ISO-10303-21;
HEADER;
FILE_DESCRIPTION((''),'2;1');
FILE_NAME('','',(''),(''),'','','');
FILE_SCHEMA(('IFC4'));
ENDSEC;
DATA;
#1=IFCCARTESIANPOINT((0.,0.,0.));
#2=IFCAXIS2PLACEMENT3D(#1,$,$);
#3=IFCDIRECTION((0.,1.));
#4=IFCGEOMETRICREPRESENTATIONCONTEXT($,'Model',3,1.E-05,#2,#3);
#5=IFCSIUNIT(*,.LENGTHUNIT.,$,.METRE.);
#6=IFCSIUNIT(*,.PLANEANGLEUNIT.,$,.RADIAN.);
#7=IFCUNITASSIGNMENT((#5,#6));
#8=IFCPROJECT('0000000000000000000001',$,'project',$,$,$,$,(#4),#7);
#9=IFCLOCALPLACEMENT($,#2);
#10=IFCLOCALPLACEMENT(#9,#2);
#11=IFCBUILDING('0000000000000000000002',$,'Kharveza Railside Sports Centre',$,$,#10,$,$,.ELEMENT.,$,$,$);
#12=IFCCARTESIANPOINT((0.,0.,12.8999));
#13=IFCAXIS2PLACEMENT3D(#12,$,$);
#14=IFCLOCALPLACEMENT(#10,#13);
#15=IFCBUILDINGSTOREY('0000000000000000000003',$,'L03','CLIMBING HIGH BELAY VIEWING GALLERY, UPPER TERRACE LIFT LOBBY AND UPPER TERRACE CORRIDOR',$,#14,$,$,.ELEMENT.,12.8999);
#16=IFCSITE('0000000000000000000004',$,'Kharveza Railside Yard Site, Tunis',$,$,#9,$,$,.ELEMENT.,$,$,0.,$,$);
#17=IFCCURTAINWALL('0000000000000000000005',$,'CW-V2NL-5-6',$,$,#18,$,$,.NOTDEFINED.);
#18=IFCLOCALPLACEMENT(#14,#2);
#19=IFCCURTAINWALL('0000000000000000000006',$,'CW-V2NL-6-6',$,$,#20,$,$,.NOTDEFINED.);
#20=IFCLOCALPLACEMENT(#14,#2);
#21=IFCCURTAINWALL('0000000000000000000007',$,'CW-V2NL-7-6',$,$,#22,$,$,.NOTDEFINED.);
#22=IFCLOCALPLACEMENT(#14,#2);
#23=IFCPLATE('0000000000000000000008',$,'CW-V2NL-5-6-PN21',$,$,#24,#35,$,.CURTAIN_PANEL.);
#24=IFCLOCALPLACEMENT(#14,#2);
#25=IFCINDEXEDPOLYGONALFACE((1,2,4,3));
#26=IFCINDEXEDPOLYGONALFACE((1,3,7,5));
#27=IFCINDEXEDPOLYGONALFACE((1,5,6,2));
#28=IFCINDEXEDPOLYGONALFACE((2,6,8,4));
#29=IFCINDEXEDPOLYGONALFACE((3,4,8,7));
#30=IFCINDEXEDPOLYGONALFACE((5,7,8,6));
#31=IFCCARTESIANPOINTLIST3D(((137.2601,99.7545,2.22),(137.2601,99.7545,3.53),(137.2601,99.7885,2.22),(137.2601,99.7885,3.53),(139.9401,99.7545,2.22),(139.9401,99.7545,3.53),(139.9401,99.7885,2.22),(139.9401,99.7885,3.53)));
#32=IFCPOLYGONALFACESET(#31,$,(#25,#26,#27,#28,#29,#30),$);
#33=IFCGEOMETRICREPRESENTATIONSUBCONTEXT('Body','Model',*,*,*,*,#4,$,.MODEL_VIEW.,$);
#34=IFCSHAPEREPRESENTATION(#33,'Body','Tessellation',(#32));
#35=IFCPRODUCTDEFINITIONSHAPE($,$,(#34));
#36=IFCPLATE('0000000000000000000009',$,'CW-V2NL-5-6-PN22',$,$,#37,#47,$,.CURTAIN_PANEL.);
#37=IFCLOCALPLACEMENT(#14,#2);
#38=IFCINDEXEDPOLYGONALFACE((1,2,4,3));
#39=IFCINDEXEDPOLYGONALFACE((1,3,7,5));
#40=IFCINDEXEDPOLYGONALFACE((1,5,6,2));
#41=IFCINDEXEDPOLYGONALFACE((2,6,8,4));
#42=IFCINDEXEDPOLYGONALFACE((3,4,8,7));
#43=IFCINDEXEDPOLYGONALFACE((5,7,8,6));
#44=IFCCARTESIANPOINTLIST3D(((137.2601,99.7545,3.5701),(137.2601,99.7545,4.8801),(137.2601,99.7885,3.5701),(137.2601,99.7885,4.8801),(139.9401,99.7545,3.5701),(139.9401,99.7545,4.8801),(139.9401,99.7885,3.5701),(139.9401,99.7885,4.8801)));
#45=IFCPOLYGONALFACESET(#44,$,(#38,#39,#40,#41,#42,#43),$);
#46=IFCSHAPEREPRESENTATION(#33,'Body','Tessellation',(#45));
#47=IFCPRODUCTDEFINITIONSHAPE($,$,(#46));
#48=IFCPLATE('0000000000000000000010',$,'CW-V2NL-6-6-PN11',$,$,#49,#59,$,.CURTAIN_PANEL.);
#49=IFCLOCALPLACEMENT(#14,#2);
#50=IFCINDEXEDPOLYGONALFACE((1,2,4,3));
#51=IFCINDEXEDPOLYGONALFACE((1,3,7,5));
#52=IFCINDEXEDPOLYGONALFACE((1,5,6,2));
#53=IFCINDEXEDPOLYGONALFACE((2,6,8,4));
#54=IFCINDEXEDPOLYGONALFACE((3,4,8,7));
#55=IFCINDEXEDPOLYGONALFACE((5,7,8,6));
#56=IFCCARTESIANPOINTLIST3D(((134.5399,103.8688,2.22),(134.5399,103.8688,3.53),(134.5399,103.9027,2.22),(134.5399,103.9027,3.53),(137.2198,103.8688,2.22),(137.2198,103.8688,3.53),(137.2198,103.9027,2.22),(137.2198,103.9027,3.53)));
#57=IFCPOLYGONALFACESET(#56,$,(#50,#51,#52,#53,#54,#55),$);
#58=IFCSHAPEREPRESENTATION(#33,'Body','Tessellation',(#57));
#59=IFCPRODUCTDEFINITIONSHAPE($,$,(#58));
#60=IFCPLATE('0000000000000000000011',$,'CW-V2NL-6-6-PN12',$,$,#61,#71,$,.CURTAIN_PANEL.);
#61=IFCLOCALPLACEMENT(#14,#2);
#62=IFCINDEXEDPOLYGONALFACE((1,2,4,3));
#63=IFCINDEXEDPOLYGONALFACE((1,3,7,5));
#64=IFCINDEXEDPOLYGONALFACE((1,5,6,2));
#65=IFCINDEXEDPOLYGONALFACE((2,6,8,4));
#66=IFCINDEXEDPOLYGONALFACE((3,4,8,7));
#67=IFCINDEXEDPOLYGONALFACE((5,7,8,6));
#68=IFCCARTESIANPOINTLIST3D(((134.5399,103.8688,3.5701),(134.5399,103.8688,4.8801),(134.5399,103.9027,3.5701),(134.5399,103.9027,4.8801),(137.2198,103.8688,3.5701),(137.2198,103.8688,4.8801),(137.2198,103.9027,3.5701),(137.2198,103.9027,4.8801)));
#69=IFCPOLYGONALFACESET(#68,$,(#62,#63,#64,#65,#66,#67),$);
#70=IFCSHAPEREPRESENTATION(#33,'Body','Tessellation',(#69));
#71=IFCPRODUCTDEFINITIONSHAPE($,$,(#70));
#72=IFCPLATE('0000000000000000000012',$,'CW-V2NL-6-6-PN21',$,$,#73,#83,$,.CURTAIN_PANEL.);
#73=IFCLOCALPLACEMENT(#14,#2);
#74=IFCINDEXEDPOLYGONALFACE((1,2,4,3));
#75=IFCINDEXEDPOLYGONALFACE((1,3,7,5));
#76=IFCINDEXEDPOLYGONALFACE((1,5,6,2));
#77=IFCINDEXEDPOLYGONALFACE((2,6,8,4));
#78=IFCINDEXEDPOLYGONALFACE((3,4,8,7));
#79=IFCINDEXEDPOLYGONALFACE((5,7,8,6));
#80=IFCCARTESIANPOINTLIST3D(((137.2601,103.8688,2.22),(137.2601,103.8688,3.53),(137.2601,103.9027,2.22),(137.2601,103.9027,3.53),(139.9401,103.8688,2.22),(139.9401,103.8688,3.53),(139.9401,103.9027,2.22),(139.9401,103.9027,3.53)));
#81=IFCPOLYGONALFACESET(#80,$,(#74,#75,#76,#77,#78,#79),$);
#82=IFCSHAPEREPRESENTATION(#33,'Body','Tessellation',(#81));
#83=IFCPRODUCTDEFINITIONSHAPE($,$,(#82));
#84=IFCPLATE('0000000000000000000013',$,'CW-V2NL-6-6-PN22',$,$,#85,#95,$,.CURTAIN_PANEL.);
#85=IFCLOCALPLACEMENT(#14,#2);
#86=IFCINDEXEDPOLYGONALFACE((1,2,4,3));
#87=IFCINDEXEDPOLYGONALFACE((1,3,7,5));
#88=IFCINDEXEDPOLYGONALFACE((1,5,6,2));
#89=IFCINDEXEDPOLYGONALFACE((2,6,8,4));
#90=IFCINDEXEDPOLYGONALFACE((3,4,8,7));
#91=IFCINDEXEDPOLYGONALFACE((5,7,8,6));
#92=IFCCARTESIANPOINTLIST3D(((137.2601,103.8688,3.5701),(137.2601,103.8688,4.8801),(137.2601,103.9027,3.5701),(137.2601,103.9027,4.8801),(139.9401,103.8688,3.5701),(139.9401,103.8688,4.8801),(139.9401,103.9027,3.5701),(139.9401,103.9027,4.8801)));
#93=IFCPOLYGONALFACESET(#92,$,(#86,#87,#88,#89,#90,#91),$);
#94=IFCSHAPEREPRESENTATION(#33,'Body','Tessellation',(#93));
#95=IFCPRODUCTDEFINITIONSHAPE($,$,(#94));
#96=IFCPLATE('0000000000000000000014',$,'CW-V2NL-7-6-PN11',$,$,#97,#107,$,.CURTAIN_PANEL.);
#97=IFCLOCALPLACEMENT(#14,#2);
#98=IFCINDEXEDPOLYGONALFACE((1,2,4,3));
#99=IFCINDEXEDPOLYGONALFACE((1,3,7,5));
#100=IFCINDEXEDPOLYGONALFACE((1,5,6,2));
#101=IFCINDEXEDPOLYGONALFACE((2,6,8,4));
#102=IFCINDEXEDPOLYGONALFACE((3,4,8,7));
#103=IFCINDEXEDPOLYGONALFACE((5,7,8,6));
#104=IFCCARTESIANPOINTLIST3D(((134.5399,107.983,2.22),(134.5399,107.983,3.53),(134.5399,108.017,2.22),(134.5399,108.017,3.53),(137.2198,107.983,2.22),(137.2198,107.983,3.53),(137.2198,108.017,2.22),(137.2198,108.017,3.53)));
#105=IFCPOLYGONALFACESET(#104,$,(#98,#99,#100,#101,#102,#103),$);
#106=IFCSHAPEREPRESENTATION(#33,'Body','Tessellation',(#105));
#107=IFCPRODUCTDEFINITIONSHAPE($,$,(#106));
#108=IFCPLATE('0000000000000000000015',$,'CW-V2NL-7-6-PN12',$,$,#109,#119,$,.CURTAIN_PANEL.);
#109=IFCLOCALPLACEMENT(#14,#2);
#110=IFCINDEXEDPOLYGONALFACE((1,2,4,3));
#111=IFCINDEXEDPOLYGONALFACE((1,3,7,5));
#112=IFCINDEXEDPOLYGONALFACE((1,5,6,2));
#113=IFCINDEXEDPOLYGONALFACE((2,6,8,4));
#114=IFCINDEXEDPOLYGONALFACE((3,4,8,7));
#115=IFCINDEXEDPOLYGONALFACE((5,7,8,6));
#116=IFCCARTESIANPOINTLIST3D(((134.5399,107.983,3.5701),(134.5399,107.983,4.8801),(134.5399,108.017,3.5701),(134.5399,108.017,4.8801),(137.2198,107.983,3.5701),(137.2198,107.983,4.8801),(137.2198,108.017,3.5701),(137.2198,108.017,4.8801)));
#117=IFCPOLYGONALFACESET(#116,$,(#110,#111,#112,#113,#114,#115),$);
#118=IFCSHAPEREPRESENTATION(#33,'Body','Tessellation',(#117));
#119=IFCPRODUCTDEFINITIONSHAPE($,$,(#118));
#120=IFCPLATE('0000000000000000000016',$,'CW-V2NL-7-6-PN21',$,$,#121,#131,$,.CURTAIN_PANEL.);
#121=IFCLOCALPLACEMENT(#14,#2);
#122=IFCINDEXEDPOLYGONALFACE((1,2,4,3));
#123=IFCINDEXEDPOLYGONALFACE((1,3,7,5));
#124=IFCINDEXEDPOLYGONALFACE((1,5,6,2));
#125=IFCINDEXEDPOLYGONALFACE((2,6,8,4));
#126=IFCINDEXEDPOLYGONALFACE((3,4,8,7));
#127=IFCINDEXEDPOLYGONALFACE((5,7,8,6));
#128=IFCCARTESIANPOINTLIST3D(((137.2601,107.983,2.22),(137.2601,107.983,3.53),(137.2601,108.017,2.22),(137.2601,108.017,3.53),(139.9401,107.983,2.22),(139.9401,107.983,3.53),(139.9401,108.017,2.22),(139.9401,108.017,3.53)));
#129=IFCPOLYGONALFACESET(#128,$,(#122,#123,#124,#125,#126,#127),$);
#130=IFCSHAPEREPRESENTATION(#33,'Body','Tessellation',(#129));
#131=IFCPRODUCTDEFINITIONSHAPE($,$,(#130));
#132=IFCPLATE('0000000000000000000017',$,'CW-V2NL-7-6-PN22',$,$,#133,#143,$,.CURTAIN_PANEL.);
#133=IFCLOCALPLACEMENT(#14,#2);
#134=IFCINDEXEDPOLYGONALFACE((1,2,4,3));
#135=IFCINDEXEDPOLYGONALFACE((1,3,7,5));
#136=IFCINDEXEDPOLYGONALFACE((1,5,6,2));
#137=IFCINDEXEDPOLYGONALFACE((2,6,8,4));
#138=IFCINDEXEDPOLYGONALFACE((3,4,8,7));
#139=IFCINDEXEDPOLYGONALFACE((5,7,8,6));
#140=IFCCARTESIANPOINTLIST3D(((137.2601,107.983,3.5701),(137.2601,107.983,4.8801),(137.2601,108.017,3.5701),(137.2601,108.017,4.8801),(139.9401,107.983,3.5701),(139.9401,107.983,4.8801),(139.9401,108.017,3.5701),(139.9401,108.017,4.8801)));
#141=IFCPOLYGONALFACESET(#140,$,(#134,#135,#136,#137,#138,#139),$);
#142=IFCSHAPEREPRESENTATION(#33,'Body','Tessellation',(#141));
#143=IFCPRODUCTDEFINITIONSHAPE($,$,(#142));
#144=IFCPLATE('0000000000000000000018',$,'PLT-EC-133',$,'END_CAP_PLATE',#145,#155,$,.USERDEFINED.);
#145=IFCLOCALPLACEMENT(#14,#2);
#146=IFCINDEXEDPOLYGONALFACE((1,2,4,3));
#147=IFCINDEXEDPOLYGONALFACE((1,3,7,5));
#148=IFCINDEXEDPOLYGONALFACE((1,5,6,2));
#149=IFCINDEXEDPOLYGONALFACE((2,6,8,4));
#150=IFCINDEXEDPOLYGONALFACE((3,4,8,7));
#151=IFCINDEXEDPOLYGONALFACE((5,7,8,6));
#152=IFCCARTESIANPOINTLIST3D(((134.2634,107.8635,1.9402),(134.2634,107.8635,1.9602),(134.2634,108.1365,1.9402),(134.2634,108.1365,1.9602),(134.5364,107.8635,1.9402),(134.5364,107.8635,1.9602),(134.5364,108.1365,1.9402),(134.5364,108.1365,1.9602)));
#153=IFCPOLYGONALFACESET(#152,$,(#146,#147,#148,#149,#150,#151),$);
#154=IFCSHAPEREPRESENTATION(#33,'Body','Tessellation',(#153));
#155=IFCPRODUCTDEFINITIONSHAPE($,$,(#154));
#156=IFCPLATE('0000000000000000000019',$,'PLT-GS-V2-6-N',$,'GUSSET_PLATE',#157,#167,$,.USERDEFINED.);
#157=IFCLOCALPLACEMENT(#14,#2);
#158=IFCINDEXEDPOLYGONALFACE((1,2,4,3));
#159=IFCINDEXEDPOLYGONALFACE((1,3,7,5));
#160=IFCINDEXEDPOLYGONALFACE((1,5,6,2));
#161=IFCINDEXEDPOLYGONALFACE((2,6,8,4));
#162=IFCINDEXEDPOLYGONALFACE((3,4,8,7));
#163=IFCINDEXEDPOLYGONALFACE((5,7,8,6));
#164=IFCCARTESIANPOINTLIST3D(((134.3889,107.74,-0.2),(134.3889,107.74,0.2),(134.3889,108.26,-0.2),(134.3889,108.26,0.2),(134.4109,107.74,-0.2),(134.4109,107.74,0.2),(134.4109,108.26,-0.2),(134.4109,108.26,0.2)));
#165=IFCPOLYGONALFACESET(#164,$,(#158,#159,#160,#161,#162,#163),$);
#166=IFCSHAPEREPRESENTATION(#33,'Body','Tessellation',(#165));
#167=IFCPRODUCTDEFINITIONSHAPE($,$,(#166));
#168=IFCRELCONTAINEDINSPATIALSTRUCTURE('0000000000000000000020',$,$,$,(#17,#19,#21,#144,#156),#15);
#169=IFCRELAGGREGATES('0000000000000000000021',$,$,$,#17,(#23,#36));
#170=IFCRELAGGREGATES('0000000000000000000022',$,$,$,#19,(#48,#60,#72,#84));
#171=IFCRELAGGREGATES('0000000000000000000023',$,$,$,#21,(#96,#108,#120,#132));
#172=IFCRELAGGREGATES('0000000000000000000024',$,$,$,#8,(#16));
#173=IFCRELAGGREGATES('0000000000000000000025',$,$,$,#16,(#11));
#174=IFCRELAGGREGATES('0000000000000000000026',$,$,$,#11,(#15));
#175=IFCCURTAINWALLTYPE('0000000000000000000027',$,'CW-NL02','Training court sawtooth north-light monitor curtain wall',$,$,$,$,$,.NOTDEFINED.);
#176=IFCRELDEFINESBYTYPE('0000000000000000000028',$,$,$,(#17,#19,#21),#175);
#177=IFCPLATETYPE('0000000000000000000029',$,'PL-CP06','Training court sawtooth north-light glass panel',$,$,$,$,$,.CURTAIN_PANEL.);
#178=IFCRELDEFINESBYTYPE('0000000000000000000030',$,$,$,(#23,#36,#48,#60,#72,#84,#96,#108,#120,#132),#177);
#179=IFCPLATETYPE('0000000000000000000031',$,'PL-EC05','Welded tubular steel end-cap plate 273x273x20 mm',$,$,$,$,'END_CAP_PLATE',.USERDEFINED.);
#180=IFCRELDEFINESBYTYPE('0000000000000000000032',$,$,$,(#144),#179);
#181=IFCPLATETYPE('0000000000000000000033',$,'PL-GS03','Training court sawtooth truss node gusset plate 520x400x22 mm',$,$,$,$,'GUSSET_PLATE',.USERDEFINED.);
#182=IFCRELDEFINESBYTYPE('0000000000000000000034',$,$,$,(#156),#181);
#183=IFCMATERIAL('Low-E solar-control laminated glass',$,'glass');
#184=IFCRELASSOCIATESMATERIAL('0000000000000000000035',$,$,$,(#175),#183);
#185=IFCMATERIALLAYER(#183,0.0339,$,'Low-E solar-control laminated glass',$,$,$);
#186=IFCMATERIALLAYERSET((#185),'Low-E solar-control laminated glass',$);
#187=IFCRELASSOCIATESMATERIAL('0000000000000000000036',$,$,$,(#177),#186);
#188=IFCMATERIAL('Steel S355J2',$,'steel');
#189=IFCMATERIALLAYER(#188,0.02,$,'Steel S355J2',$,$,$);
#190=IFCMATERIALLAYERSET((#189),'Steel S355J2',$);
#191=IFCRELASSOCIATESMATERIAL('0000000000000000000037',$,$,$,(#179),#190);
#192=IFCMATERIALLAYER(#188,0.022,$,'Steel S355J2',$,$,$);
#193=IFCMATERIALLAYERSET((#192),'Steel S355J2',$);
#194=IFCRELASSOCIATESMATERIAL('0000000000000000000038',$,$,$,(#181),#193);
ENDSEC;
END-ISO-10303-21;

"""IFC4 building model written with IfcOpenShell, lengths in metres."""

from ifc_helpers import new_model, si_unit, direction, frame, origin, origin_2d, place, context, subcontext, project, spatial, rectangle, extrude, material, layer, layer_set, type_object, element, aggregate, save


model = new_model("IFC4")

# Units and contexts
model_context = context("Model", 3, precision=1e-05, world=origin(), true_north=direction((0.0, 1.0)))
body_context = subcontext(model_context, "Body", "Model", "MODEL_VIEW")
ifc_project = project(units=[si_unit("LENGTHUNIT", "METRE"), si_unit("PLANEANGLEUNIT", "RADIAN")], contexts=[model_context])

# Site, building, storey
site_placement = place(None, origin())
site = spatial("IfcSite", under=ifc_project, at=site_placement, Name="Kharveza Railside Yard Site, Tunis", CompositionType="ELEMENT", RefElevation=0.0)
building_placement = place(site_placement, origin())
building = spatial("IfcBuilding", under=site, at=building_placement, Name="Kharveza Railside Sports Centre", CompositionType="ELEMENT")
storey_placement = place(building_placement, frame((0.0, 0.0, 12.8999)))
storey = spatial("IfcBuildingStorey", under=building, at=storey_placement, Name="L03", Description="CLIMBING HIGH BELAY VIEWING GALLERY, UPPER TERRACE LIFT LOBBY AND UPPER TERRACE CORRIDOR", CompositionType="ELEMENT", Elevation=12.8999)

# Curtain walls
ifc_material_1 = material(Name="Low-E solar-control laminated glass", Category="glass")
curtain_wall_type = type_object("IfcCurtainWallType", Name="CW-NL02", Description="Training court sawtooth north-light monitor curtain wall", PredefinedType="NOTDEFINED", material=ifc_material_1)
curtain_wall_1_placement = place(storey_placement, origin())
curtain_wall_1 = element("IfcCurtainWall", 1, at=curtain_wall_1_placement, inside=storey, type_object=curtain_wall_type, Name="CW-V2NL-5-6", PredefinedType="NOTDEFINED")
curtain_wall_2_placement = place(storey_placement, origin())
curtain_wall_2 = element("IfcCurtainWall", 2, at=curtain_wall_2_placement, inside=storey, type_object=curtain_wall_type, Name="CW-V2NL-6-6", PredefinedType="NOTDEFINED")
curtain_wall_3_placement = place(storey_placement, origin())
curtain_wall_3 = element("IfcCurtainWall", 3, at=curtain_wall_3_placement, inside=storey, type_object=curtain_wall_type, Name="CW-V2NL-7-6", PredefinedType="NOTDEFINED")

# Shared definitions
ifc_material_2 = material(Name="Steel S355J2", Category="steel")

# Plates
ifc_layer_1 = layer(ifc_material_1, 0.0339, Name="Low-E solar-control laminated glass")
ifc_layer_set_1 = layer_set([ifc_layer_1], Name="Low-E solar-control laminated glass")
plate_type_1 = type_object("IfcPlateType", Name="PL-CP06", Description="Training court sawtooth north-light glass panel", PredefinedType="CURTAIN_PANEL", material=ifc_layer_set_1)
plate_1_placement = place(storey_placement, frame((138.6001, 99.7715, 2.22), z_axis=(0.0, 0.0, 1.0), x_axis=(1.0, 0.0, 0.0)))
plate_1 = element("IfcPlate", 4, at=plate_1_placement, type_object=plate_type_1, Name="CW-V2NL-5-6-PN21", PredefinedType="CURTAIN_PANEL", context=body_context, shape_type="SweptSolid", body=[
    extrude(rectangle(XDim=2.6799, YDim=0.0339, at=origin_2d()), origin(), (0.0, 0.0, 1.0), 1.3101),
])
plate_2_placement = place(storey_placement, frame((138.6001, 99.7715, 3.5701), z_axis=(0.0, 0.0, 1.0), x_axis=(1.0, 0.0, 0.0)))
plate_2 = element("IfcPlate", 5, at=plate_2_placement, type_object=plate_type_1, Name="CW-V2NL-5-6-PN22", PredefinedType="CURTAIN_PANEL", context=body_context, shape_type="SweptSolid", body=[
    extrude(rectangle(XDim=2.6799, YDim=0.0339, at=origin_2d()), origin(), (0.0, 0.0, 1.0), 1.3101),
])
aggregate(curtain_wall_1, [plate_1, plate_2])
plate_3_placement = place(storey_placement, frame((135.8799, 103.8857, 2.22), z_axis=(0.0, 0.0, 1.0), x_axis=(1.0, 0.0, 0.0)))
plate_3 = element("IfcPlate", 6, at=plate_3_placement, type_object=plate_type_1, Name="CW-V2NL-6-6-PN11", PredefinedType="CURTAIN_PANEL", context=body_context, shape_type="SweptSolid", body=[
    extrude(rectangle(XDim=2.6799, YDim=0.0339, at=origin_2d()), origin(), (0.0, 0.0, 1.0), 1.3101),
])
plate_4_placement = place(storey_placement, frame((135.8799, 103.8857, 3.5701), z_axis=(0.0, 0.0, 1.0), x_axis=(1.0, 0.0, 0.0)))
plate_4 = element("IfcPlate", 7, at=plate_4_placement, type_object=plate_type_1, Name="CW-V2NL-6-6-PN12", PredefinedType="CURTAIN_PANEL", context=body_context, shape_type="SweptSolid", body=[
    extrude(rectangle(XDim=2.6799, YDim=0.0339, at=origin_2d()), origin(), (0.0, 0.0, 1.0), 1.3101),
])
plate_5_placement = place(storey_placement, frame((138.6001, 103.8857, 2.22), z_axis=(0.0, 0.0, 1.0), x_axis=(1.0, 0.0, 0.0)))
plate_5 = element("IfcPlate", 8, at=plate_5_placement, type_object=plate_type_1, Name="CW-V2NL-6-6-PN21", PredefinedType="CURTAIN_PANEL", context=body_context, shape_type="SweptSolid", body=[
    extrude(rectangle(XDim=2.6799, YDim=0.0339, at=origin_2d()), origin(), (0.0, 0.0, 1.0), 1.3101),
])
plate_6_placement = place(storey_placement, frame((138.6001, 103.8857, 3.5701), z_axis=(0.0, 0.0, 1.0), x_axis=(1.0, 0.0, 0.0)))
plate_6 = element("IfcPlate", 9, at=plate_6_placement, type_object=plate_type_1, Name="CW-V2NL-6-6-PN22", PredefinedType="CURTAIN_PANEL", context=body_context, shape_type="SweptSolid", body=[
    extrude(rectangle(XDim=2.6799, YDim=0.0339, at=origin_2d()), origin(), (0.0, 0.0, 1.0), 1.3101),
])
aggregate(curtain_wall_2, [plate_3, plate_4, plate_5, plate_6])
plate_7_placement = place(storey_placement, frame((135.8799, 108.0, 2.22), z_axis=(0.0, 0.0, 1.0), x_axis=(1.0, 0.0, 0.0)))
plate_7 = element("IfcPlate", 10, at=plate_7_placement, type_object=plate_type_1, Name="CW-V2NL-7-6-PN11", PredefinedType="CURTAIN_PANEL", context=body_context, shape_type="SweptSolid", body=[
    extrude(rectangle(XDim=2.6799, YDim=0.0339, at=origin_2d()), origin(), (0.0, 0.0, 1.0), 1.3101),
])
plate_8_placement = place(storey_placement, frame((135.8799, 108.0, 3.5701), z_axis=(0.0, 0.0, 1.0), x_axis=(1.0, 0.0, 0.0)))
plate_8 = element("IfcPlate", 11, at=plate_8_placement, type_object=plate_type_1, Name="CW-V2NL-7-6-PN12", PredefinedType="CURTAIN_PANEL", context=body_context, shape_type="SweptSolid", body=[
    extrude(rectangle(XDim=2.6799, YDim=0.0339, at=origin_2d()), origin(), (0.0, 0.0, 1.0), 1.3101),
])
plate_9_placement = place(storey_placement, frame((138.6001, 108.0, 2.22), z_axis=(0.0, 0.0, 1.0), x_axis=(1.0, 0.0, 0.0)))
plate_9 = element("IfcPlate", 12, at=plate_9_placement, type_object=plate_type_1, Name="CW-V2NL-7-6-PN21", PredefinedType="CURTAIN_PANEL", context=body_context, shape_type="SweptSolid", body=[
    extrude(rectangle(XDim=2.6799, YDim=0.0339, at=origin_2d()), origin(), (0.0, 0.0, 1.0), 1.3101),
])
plate_10_placement = place(storey_placement, frame((138.6001, 108.0, 3.5701), z_axis=(0.0, 0.0, 1.0), x_axis=(1.0, 0.0, 0.0)))
plate_10 = element("IfcPlate", 13, at=plate_10_placement, type_object=plate_type_1, Name="CW-V2NL-7-6-PN22", PredefinedType="CURTAIN_PANEL", context=body_context, shape_type="SweptSolid", body=[
    extrude(rectangle(XDim=2.6799, YDim=0.0339, at=origin_2d()), origin(), (0.0, 0.0, 1.0), 1.3101),
])
aggregate(curtain_wall_3, [plate_7, plate_8, plate_9, plate_10])

# Plates
ifc_layer_2 = layer(ifc_material_2, 0.02, Name="Steel S355J2")
ifc_layer_set_2 = layer_set([ifc_layer_2], Name="Steel S355J2")
plate_type_2 = type_object("IfcPlateType", Name="PL-EC05", Description="Welded tubular steel end-cap plate 273x273x20 mm", ElementType="END_CAP_PLATE", PredefinedType="USERDEFINED", material=ifc_layer_set_2)
plate_11_placement = place(storey_placement, frame((134.3999, 108.0, 1.9402), z_axis=(0.0, 0.0, 1.0), x_axis=(1.0, 0.0, 0.0)))
element("IfcPlate", 14, at=plate_11_placement, inside=storey, type_object=plate_type_2, Name="PLT-EC-133", ObjectType="END_CAP_PLATE", PredefinedType="USERDEFINED", context=body_context, shape_type="SweptSolid", body=[
    extrude(rectangle(XDim=0.2729, YDim=0.2729, at=origin_2d()), origin(), (0.0, 0.0, 1.0), 0.02),
])
ifc_layer_3 = layer(ifc_material_2, 0.022, Name="Steel S355J2")
ifc_layer_set_3 = layer_set([ifc_layer_3], Name="Steel S355J2")
plate_type_3 = type_object("IfcPlateType", Name="PL-GS03", Description="Training court sawtooth truss node gusset plate 520x400x22 mm", ElementType="GUSSET_PLATE", PredefinedType="USERDEFINED", material=ifc_layer_set_3)
plate_12_placement = place(storey_placement, frame((134.3999, 108.0, -0.2), z_axis=(0.0, 0.0, 1.0), x_axis=(1.0, 0.0, 0.0)))
element("IfcPlate", 15, at=plate_12_placement, inside=storey, type_object=plate_type_3, Name="PLT-GS-V2-6-N", ObjectType="GUSSET_PLATE", PredefinedType="USERDEFINED", context=body_context, shape_type="SweptSolid", body=[
    extrude(rectangle(XDim=0.022, YDim=0.52, at=origin_2d()), origin(), (0.0, 0.0, 1.0), 0.3999),
])

save(model, "model.ifc")
